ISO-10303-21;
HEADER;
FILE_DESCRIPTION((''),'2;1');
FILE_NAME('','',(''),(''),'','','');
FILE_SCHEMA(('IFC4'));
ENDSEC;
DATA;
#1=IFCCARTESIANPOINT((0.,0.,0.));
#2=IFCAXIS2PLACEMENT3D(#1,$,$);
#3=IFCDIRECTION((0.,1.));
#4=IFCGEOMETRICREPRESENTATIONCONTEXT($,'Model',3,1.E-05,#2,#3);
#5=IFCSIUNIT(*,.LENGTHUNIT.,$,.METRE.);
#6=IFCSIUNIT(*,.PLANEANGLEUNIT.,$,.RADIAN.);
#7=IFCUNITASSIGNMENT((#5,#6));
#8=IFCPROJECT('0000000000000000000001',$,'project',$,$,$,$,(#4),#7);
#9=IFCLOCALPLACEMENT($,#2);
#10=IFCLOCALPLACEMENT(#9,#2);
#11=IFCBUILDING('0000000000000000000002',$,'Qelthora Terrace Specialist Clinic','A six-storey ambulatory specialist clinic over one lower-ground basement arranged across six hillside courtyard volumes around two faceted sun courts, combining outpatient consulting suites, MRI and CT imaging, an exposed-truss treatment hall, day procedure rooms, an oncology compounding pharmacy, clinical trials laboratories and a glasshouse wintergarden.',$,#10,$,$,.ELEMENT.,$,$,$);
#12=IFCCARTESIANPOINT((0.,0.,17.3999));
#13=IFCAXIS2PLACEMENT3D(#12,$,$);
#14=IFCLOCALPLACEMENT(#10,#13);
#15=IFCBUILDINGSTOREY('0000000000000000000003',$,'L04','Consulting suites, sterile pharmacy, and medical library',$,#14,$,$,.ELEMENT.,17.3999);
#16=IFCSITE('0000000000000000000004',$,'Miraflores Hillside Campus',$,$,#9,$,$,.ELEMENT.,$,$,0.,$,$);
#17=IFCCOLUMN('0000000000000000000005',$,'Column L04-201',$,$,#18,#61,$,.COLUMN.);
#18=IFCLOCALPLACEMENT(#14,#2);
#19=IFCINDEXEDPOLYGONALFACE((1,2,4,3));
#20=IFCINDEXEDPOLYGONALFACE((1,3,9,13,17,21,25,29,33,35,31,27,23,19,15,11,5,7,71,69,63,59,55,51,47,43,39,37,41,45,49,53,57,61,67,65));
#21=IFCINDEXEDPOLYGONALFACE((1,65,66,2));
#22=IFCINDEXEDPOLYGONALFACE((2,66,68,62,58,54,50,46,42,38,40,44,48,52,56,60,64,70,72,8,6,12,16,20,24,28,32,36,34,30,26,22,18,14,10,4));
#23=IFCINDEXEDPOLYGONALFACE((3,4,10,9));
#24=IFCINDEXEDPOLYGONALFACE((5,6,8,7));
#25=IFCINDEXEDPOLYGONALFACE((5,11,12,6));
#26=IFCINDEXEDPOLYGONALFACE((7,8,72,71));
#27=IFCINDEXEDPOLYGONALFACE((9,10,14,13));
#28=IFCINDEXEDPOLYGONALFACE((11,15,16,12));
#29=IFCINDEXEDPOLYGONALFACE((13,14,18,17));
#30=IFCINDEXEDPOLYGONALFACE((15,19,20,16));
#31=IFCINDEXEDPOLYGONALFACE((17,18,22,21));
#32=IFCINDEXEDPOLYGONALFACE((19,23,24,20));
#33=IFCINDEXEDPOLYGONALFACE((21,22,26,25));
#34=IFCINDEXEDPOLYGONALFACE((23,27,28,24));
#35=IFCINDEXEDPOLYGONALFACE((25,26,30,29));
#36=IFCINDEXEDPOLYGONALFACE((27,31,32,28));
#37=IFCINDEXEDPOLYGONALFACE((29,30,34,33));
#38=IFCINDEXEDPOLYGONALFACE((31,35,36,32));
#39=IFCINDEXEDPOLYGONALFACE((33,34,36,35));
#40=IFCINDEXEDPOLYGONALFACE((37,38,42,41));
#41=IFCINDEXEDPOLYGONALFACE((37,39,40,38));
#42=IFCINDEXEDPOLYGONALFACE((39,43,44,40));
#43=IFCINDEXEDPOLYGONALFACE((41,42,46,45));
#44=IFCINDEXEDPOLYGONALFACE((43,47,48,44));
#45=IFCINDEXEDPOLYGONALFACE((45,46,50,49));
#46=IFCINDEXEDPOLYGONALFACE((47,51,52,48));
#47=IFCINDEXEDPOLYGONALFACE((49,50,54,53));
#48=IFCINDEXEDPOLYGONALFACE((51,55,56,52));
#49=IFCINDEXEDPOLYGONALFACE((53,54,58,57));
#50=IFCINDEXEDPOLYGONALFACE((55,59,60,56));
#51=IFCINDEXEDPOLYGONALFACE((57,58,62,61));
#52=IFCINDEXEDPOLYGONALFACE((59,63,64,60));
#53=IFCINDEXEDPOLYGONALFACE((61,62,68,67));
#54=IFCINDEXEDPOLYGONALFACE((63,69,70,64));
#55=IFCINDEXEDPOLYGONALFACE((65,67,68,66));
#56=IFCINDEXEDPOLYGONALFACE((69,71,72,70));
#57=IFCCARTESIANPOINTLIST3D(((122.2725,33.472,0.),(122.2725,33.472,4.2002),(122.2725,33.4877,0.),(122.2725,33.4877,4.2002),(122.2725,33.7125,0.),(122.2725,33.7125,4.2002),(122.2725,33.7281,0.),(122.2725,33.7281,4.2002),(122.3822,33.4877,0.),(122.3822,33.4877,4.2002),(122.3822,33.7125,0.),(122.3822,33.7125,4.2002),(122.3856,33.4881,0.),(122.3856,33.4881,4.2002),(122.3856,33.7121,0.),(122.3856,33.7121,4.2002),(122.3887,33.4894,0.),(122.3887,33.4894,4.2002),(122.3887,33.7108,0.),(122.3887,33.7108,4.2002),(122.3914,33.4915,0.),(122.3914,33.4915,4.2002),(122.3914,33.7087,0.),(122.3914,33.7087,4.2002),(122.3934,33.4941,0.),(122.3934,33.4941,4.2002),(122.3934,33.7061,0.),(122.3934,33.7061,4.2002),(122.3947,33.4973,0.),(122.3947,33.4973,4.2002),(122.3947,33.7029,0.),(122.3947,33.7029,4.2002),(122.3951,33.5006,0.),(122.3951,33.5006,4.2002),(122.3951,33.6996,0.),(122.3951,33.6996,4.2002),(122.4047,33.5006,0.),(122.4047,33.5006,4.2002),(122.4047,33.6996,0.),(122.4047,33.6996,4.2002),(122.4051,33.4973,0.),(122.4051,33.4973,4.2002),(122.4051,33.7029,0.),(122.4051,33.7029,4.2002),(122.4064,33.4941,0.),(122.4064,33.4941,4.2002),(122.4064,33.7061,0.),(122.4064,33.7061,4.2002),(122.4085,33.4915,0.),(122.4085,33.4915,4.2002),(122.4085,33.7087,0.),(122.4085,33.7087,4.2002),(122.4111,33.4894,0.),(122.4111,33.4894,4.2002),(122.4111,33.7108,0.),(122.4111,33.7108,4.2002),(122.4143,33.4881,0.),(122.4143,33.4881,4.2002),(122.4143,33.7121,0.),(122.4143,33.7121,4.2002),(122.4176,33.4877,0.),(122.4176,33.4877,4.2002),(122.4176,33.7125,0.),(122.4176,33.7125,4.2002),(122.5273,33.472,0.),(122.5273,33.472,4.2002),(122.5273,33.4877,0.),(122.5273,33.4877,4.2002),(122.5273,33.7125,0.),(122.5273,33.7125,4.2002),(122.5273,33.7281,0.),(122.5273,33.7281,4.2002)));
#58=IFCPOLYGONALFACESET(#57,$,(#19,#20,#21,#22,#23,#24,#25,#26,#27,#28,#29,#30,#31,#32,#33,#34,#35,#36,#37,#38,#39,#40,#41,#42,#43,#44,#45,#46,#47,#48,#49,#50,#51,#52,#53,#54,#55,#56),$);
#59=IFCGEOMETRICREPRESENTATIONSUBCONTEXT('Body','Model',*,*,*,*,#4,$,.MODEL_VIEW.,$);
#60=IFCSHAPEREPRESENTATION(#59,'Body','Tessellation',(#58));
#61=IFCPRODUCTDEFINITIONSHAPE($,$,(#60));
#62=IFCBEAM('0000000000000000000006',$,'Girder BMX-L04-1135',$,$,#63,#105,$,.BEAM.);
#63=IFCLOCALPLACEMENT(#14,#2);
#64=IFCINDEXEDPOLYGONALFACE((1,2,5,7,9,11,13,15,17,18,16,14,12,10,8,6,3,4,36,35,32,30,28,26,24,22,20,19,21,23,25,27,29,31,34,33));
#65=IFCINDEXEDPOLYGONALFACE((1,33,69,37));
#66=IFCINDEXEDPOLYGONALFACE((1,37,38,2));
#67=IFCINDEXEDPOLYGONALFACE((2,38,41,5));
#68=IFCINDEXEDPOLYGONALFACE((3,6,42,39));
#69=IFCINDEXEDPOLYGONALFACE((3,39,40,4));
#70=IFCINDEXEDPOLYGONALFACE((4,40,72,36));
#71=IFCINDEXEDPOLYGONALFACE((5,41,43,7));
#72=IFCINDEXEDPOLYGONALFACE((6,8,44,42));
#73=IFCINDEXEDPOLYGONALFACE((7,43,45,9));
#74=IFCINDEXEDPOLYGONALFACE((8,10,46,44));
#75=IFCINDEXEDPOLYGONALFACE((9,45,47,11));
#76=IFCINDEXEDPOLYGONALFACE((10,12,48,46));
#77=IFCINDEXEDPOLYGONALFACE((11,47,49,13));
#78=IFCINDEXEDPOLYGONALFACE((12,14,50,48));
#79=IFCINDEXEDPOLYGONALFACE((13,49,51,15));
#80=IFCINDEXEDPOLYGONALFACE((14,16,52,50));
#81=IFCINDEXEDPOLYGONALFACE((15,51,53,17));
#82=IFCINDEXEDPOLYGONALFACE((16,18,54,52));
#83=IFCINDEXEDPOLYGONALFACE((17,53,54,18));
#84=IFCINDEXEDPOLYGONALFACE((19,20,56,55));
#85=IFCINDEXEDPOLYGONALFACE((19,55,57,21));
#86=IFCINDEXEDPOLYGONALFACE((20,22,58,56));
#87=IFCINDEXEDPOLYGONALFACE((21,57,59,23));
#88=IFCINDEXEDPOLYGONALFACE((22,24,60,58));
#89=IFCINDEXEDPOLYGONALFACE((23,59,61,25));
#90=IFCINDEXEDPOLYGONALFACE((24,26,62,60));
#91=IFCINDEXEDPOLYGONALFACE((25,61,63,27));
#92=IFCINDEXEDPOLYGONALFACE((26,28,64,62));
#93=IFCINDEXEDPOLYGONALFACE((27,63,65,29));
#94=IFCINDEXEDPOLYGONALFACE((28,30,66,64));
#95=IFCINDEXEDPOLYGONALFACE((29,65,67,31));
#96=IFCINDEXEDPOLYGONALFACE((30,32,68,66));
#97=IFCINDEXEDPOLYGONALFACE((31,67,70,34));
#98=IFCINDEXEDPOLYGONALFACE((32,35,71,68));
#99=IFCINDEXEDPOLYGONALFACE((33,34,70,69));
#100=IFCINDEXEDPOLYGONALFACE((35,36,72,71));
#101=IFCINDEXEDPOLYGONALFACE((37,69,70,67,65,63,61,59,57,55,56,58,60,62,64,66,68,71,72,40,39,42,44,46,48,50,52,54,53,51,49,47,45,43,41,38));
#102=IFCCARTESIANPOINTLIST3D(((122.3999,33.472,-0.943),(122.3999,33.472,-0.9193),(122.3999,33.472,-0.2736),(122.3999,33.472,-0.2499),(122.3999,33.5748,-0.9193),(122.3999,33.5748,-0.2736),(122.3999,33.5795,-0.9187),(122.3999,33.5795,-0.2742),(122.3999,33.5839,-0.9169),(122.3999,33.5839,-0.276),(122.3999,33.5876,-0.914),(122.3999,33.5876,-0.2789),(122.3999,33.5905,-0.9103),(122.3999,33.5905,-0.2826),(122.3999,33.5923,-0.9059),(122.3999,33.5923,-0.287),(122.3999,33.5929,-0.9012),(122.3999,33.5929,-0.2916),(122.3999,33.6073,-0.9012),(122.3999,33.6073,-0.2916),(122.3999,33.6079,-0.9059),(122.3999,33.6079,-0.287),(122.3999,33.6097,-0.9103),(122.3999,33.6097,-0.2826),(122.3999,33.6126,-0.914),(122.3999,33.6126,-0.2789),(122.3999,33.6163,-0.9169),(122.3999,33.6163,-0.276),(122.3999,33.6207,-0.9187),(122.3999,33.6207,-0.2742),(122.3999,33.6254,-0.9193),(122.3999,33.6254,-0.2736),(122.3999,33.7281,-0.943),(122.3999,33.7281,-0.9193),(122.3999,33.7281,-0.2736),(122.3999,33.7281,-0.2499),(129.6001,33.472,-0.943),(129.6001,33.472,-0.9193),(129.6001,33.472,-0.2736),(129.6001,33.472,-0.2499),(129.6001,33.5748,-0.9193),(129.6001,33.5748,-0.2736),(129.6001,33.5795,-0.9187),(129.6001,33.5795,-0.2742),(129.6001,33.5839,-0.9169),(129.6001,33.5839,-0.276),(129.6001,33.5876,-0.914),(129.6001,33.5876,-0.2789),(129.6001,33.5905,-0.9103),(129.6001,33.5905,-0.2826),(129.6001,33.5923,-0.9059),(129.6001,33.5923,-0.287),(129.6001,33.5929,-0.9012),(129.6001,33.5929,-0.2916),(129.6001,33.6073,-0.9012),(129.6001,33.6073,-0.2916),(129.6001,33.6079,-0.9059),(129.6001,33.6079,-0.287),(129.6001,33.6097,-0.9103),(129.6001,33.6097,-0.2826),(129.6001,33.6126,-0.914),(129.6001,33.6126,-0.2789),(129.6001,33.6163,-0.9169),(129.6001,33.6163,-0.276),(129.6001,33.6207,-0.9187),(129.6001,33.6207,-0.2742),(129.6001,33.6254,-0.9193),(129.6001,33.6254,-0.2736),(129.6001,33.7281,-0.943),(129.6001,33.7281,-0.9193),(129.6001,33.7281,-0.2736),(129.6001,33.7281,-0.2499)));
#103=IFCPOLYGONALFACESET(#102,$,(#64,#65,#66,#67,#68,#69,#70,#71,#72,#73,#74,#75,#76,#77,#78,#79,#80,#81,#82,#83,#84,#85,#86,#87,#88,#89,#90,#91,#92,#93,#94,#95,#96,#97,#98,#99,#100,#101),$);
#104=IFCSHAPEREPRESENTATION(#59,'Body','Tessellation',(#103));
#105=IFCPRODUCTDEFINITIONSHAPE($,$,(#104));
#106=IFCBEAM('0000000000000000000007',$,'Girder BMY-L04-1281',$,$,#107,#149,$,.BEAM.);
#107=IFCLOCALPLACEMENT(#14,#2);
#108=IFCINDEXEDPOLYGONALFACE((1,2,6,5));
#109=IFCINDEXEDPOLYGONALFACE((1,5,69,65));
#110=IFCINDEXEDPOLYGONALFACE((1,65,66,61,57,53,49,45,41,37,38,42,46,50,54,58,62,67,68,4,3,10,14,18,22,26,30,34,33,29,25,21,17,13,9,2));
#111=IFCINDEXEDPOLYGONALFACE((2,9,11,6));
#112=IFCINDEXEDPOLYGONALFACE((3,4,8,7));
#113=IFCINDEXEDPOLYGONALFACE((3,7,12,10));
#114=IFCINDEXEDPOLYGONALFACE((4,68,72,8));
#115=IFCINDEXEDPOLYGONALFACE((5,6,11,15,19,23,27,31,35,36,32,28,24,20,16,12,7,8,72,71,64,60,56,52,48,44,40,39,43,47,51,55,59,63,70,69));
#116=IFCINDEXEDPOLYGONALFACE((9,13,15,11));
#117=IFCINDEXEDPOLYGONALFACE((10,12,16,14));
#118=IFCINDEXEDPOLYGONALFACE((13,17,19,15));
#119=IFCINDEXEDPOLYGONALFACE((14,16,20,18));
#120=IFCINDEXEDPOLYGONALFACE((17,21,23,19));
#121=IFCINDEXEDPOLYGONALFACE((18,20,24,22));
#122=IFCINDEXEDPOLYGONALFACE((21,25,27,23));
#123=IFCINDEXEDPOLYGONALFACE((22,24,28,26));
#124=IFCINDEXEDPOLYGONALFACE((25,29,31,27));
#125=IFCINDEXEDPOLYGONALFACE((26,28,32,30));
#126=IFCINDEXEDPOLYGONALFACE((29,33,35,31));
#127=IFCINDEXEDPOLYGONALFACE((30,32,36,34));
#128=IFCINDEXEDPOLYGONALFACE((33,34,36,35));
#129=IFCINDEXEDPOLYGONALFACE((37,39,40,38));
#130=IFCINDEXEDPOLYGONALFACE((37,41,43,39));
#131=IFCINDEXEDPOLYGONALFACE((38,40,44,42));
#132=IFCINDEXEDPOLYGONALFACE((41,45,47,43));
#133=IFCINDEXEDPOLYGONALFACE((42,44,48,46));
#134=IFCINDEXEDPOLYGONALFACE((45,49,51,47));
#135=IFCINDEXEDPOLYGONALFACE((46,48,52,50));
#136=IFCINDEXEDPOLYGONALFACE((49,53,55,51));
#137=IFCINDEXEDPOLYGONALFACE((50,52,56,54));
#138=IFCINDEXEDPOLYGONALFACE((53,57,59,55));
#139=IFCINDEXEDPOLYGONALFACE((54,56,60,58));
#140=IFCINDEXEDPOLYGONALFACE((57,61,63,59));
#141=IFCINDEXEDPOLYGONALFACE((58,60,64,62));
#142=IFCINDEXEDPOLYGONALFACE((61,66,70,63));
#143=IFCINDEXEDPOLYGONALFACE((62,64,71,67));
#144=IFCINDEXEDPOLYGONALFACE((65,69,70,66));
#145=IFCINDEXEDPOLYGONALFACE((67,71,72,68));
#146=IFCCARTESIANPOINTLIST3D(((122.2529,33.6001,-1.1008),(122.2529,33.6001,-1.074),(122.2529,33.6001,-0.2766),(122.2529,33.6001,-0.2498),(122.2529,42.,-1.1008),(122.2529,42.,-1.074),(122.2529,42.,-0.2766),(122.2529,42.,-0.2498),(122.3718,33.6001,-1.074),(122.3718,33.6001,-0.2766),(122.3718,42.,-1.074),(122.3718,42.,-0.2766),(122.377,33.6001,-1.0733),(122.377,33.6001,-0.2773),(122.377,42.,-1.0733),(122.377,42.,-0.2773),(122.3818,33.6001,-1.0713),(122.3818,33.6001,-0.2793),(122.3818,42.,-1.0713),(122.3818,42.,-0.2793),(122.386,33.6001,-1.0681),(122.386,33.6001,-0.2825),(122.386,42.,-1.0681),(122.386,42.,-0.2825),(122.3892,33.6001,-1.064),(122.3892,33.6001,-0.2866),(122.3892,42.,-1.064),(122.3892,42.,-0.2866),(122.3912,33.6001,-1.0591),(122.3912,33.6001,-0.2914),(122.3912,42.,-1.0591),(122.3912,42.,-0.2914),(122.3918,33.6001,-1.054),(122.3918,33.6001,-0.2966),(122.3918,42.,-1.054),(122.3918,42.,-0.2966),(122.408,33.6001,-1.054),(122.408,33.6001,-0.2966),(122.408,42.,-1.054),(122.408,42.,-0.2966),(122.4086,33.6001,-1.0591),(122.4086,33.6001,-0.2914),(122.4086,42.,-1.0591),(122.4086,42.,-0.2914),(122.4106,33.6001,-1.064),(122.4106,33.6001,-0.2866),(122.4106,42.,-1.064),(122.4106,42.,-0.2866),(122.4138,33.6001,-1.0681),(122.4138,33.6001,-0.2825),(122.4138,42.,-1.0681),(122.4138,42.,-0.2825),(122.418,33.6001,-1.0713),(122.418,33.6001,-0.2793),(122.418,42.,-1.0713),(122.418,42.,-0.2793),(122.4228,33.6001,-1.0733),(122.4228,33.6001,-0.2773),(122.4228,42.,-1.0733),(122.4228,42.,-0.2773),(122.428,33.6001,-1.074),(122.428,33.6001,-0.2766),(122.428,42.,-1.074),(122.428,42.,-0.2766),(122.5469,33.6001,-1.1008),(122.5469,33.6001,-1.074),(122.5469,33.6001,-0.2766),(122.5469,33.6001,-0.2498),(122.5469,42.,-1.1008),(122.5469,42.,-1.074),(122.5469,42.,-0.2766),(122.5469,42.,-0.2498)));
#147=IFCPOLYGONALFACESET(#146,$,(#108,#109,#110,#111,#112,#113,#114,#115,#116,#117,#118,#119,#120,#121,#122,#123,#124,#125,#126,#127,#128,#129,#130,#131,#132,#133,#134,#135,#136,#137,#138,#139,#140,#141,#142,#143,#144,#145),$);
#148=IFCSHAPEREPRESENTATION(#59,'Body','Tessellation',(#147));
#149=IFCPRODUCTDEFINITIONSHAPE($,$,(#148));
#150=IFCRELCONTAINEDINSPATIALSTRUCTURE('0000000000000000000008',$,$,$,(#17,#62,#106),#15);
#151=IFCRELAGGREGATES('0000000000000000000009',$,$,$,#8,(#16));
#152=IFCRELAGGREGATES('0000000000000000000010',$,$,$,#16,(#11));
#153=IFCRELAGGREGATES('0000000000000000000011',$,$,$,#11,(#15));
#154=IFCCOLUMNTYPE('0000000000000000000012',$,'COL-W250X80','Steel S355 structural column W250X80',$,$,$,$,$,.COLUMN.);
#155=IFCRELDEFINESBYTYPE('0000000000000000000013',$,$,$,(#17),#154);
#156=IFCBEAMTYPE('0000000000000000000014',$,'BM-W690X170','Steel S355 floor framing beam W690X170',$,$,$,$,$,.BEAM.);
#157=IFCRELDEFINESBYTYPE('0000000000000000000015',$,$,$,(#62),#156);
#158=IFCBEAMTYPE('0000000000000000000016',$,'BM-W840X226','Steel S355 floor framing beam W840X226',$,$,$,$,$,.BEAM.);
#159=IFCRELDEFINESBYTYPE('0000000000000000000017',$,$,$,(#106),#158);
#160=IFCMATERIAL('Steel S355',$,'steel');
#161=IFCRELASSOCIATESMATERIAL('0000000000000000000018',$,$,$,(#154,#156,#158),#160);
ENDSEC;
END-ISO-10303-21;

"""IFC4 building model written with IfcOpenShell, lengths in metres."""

from ifc_helpers import new_model, si_unit, direction, frame, origin, origin_2d, place, context, subcontext, project, spatial, i_section, extrude, material, material_profile, profile_set, type_object, element, save


model = new_model("IFC4")

# Units and contexts
model_context = context("Model", 3, precision=1e-05, world=origin(), true_north=direction((0.0, 1.0)))
body_context = subcontext(model_context, "Body", "Model", "MODEL_VIEW")
ifc_project = project(units=[si_unit("LENGTHUNIT", "METRE"), si_unit("PLANEANGLEUNIT", "RADIAN")], contexts=[model_context])

# Site, building, storey
site_placement = place(None, origin())
site = spatial("IfcSite", under=ifc_project, at=site_placement, Name="Miraflores Hillside Campus", CompositionType="ELEMENT", RefElevation=0.0)
building_placement = place(site_placement, origin())
building = spatial("IfcBuilding", under=site, at=building_placement, Name="Qelthora Terrace Specialist Clinic", Description="A six-storey ambulatory specialist clinic over one lower-ground basement arranged across six hillside courtyard volumes around two faceted sun courts, combining outpatient consulting suites, MRI and CT imaging, an exposed-truss treatment hall, day procedure rooms, an oncology compounding pharmacy, clinical trials laboratories and a glasshouse wintergarden.", CompositionType="ELEMENT")
storey_placement = place(building_placement, frame((0.0, 0.0, 17.3999)))
storey = spatial("IfcBuildingStorey", under=building, at=storey_placement, Name="L04", Description="Consulting suites, sterile pharmacy, and medical library", CompositionType="ELEMENT", Elevation=17.3999)

# Column
ifc_material_1 = material(Name="Steel S355", Category="steel")
ifc_material_profile_1 = material_profile(ifc_material_1, i_section(OverallWidth=0.2549, OverallDepth=0.2561, WebThickness=0.0095, FlangeThickness=0.0156, FilletRadius=0.0129, at=origin_2d()), Name="W250X80")
ifc_profile_set_1 = profile_set([ifc_material_profile_1], Name="Steel S355")
column_type = type_object("IfcColumnType", Name="COL-W250X80", Description="Steel S355 structural column W250X80", PredefinedType="COLUMN", material=ifc_profile_set_1)
column_placement = place(storey_placement, frame((122.3999, 33.6001, 0.0), z_axis=(0.0, 0.0, 1.0), x_axis=(1.0, 0.0, 0.0)))
element("IfcColumn", 1, at=column_placement, inside=storey, type_object=column_type, Name="Column L04-201", PredefinedType="COLUMN", context=body_context, shape_type="SweptSolid", body=[
    extrude(i_section(OverallWidth=0.2549, OverallDepth=0.2561, WebThickness=0.0095, FlangeThickness=0.0156, FilletRadius=0.0129, at=origin_2d()), origin(), (0.0, 0.0, 1.0), 4.2002),
])

# Beams
ifc_material_profile_2 = material_profile(ifc_material_1, i_section(OverallWidth=0.2561, OverallDepth=0.6931, WebThickness=0.0144, FlangeThickness=0.0237, FilletRadius=0.0181, at=origin_2d()), Name="W690X170")
ifc_profile_set_2 = profile_set([ifc_material_profile_2], Name="Steel S355")
beam_type_1 = type_object("IfcBeamType", Name="BM-W690X170", Description="Steel S355 floor framing beam W690X170", PredefinedType="BEAM", material=ifc_profile_set_2)
beam_1_placement = place(storey_placement, frame((122.3999, 33.6001, -0.5964), z_axis=(1.0, 0.0, 0.0), x_axis=(0.0, 1.0, 0.0)))
element("IfcBeam", 2, at=beam_1_placement, inside=storey, type_object=beam_type_1, Name="Girder BMX-L04-1135", PredefinedType="BEAM", context=body_context, shape_type="SweptSolid", body=[
    extrude(i_section(OverallWidth=0.2561, OverallDepth=0.6931, WebThickness=0.0144, FlangeThickness=0.0237, FilletRadius=0.0181, at=origin_2d()), origin(), (0.0, 0.0, 1.0), 7.2002),
])
ifc_material_profile_3 = material_profile(ifc_material_1, i_section(OverallWidth=0.2939, OverallDepth=0.8511, WebThickness=0.0161, FlangeThickness=0.0269, FilletRadius=0.02, at=origin_2d()), Name="W840X226")
ifc_profile_set_3 = profile_set([ifc_material_profile_3], Name="Steel S355")
beam_type_2 = type_object("IfcBeamType", Name="BM-W840X226", Description="Steel S355 floor framing beam W840X226", PredefinedType="BEAM", material=ifc_profile_set_3)
beam_2_placement = place(storey_placement, frame((122.3999, 33.6001, -0.6753), z_axis=(0.0, 1.0, 0.0), x_axis=(-1.0, 0.0, 0.0)))
element("IfcBeam", 3, at=beam_2_placement, inside=storey, type_object=beam_type_2, Name="Girder BMY-L04-1281", PredefinedType="BEAM", context=body_context, shape_type="SweptSolid", body=[
    extrude(i_section(OverallWidth=0.2939, OverallDepth=0.8511, WebThickness=0.0161, FlangeThickness=0.0269, FilletRadius=0.02, at=origin_2d()), origin(), (0.0, 0.0, 1.0), 8.3999),
])

save(model, "model.ifc")
